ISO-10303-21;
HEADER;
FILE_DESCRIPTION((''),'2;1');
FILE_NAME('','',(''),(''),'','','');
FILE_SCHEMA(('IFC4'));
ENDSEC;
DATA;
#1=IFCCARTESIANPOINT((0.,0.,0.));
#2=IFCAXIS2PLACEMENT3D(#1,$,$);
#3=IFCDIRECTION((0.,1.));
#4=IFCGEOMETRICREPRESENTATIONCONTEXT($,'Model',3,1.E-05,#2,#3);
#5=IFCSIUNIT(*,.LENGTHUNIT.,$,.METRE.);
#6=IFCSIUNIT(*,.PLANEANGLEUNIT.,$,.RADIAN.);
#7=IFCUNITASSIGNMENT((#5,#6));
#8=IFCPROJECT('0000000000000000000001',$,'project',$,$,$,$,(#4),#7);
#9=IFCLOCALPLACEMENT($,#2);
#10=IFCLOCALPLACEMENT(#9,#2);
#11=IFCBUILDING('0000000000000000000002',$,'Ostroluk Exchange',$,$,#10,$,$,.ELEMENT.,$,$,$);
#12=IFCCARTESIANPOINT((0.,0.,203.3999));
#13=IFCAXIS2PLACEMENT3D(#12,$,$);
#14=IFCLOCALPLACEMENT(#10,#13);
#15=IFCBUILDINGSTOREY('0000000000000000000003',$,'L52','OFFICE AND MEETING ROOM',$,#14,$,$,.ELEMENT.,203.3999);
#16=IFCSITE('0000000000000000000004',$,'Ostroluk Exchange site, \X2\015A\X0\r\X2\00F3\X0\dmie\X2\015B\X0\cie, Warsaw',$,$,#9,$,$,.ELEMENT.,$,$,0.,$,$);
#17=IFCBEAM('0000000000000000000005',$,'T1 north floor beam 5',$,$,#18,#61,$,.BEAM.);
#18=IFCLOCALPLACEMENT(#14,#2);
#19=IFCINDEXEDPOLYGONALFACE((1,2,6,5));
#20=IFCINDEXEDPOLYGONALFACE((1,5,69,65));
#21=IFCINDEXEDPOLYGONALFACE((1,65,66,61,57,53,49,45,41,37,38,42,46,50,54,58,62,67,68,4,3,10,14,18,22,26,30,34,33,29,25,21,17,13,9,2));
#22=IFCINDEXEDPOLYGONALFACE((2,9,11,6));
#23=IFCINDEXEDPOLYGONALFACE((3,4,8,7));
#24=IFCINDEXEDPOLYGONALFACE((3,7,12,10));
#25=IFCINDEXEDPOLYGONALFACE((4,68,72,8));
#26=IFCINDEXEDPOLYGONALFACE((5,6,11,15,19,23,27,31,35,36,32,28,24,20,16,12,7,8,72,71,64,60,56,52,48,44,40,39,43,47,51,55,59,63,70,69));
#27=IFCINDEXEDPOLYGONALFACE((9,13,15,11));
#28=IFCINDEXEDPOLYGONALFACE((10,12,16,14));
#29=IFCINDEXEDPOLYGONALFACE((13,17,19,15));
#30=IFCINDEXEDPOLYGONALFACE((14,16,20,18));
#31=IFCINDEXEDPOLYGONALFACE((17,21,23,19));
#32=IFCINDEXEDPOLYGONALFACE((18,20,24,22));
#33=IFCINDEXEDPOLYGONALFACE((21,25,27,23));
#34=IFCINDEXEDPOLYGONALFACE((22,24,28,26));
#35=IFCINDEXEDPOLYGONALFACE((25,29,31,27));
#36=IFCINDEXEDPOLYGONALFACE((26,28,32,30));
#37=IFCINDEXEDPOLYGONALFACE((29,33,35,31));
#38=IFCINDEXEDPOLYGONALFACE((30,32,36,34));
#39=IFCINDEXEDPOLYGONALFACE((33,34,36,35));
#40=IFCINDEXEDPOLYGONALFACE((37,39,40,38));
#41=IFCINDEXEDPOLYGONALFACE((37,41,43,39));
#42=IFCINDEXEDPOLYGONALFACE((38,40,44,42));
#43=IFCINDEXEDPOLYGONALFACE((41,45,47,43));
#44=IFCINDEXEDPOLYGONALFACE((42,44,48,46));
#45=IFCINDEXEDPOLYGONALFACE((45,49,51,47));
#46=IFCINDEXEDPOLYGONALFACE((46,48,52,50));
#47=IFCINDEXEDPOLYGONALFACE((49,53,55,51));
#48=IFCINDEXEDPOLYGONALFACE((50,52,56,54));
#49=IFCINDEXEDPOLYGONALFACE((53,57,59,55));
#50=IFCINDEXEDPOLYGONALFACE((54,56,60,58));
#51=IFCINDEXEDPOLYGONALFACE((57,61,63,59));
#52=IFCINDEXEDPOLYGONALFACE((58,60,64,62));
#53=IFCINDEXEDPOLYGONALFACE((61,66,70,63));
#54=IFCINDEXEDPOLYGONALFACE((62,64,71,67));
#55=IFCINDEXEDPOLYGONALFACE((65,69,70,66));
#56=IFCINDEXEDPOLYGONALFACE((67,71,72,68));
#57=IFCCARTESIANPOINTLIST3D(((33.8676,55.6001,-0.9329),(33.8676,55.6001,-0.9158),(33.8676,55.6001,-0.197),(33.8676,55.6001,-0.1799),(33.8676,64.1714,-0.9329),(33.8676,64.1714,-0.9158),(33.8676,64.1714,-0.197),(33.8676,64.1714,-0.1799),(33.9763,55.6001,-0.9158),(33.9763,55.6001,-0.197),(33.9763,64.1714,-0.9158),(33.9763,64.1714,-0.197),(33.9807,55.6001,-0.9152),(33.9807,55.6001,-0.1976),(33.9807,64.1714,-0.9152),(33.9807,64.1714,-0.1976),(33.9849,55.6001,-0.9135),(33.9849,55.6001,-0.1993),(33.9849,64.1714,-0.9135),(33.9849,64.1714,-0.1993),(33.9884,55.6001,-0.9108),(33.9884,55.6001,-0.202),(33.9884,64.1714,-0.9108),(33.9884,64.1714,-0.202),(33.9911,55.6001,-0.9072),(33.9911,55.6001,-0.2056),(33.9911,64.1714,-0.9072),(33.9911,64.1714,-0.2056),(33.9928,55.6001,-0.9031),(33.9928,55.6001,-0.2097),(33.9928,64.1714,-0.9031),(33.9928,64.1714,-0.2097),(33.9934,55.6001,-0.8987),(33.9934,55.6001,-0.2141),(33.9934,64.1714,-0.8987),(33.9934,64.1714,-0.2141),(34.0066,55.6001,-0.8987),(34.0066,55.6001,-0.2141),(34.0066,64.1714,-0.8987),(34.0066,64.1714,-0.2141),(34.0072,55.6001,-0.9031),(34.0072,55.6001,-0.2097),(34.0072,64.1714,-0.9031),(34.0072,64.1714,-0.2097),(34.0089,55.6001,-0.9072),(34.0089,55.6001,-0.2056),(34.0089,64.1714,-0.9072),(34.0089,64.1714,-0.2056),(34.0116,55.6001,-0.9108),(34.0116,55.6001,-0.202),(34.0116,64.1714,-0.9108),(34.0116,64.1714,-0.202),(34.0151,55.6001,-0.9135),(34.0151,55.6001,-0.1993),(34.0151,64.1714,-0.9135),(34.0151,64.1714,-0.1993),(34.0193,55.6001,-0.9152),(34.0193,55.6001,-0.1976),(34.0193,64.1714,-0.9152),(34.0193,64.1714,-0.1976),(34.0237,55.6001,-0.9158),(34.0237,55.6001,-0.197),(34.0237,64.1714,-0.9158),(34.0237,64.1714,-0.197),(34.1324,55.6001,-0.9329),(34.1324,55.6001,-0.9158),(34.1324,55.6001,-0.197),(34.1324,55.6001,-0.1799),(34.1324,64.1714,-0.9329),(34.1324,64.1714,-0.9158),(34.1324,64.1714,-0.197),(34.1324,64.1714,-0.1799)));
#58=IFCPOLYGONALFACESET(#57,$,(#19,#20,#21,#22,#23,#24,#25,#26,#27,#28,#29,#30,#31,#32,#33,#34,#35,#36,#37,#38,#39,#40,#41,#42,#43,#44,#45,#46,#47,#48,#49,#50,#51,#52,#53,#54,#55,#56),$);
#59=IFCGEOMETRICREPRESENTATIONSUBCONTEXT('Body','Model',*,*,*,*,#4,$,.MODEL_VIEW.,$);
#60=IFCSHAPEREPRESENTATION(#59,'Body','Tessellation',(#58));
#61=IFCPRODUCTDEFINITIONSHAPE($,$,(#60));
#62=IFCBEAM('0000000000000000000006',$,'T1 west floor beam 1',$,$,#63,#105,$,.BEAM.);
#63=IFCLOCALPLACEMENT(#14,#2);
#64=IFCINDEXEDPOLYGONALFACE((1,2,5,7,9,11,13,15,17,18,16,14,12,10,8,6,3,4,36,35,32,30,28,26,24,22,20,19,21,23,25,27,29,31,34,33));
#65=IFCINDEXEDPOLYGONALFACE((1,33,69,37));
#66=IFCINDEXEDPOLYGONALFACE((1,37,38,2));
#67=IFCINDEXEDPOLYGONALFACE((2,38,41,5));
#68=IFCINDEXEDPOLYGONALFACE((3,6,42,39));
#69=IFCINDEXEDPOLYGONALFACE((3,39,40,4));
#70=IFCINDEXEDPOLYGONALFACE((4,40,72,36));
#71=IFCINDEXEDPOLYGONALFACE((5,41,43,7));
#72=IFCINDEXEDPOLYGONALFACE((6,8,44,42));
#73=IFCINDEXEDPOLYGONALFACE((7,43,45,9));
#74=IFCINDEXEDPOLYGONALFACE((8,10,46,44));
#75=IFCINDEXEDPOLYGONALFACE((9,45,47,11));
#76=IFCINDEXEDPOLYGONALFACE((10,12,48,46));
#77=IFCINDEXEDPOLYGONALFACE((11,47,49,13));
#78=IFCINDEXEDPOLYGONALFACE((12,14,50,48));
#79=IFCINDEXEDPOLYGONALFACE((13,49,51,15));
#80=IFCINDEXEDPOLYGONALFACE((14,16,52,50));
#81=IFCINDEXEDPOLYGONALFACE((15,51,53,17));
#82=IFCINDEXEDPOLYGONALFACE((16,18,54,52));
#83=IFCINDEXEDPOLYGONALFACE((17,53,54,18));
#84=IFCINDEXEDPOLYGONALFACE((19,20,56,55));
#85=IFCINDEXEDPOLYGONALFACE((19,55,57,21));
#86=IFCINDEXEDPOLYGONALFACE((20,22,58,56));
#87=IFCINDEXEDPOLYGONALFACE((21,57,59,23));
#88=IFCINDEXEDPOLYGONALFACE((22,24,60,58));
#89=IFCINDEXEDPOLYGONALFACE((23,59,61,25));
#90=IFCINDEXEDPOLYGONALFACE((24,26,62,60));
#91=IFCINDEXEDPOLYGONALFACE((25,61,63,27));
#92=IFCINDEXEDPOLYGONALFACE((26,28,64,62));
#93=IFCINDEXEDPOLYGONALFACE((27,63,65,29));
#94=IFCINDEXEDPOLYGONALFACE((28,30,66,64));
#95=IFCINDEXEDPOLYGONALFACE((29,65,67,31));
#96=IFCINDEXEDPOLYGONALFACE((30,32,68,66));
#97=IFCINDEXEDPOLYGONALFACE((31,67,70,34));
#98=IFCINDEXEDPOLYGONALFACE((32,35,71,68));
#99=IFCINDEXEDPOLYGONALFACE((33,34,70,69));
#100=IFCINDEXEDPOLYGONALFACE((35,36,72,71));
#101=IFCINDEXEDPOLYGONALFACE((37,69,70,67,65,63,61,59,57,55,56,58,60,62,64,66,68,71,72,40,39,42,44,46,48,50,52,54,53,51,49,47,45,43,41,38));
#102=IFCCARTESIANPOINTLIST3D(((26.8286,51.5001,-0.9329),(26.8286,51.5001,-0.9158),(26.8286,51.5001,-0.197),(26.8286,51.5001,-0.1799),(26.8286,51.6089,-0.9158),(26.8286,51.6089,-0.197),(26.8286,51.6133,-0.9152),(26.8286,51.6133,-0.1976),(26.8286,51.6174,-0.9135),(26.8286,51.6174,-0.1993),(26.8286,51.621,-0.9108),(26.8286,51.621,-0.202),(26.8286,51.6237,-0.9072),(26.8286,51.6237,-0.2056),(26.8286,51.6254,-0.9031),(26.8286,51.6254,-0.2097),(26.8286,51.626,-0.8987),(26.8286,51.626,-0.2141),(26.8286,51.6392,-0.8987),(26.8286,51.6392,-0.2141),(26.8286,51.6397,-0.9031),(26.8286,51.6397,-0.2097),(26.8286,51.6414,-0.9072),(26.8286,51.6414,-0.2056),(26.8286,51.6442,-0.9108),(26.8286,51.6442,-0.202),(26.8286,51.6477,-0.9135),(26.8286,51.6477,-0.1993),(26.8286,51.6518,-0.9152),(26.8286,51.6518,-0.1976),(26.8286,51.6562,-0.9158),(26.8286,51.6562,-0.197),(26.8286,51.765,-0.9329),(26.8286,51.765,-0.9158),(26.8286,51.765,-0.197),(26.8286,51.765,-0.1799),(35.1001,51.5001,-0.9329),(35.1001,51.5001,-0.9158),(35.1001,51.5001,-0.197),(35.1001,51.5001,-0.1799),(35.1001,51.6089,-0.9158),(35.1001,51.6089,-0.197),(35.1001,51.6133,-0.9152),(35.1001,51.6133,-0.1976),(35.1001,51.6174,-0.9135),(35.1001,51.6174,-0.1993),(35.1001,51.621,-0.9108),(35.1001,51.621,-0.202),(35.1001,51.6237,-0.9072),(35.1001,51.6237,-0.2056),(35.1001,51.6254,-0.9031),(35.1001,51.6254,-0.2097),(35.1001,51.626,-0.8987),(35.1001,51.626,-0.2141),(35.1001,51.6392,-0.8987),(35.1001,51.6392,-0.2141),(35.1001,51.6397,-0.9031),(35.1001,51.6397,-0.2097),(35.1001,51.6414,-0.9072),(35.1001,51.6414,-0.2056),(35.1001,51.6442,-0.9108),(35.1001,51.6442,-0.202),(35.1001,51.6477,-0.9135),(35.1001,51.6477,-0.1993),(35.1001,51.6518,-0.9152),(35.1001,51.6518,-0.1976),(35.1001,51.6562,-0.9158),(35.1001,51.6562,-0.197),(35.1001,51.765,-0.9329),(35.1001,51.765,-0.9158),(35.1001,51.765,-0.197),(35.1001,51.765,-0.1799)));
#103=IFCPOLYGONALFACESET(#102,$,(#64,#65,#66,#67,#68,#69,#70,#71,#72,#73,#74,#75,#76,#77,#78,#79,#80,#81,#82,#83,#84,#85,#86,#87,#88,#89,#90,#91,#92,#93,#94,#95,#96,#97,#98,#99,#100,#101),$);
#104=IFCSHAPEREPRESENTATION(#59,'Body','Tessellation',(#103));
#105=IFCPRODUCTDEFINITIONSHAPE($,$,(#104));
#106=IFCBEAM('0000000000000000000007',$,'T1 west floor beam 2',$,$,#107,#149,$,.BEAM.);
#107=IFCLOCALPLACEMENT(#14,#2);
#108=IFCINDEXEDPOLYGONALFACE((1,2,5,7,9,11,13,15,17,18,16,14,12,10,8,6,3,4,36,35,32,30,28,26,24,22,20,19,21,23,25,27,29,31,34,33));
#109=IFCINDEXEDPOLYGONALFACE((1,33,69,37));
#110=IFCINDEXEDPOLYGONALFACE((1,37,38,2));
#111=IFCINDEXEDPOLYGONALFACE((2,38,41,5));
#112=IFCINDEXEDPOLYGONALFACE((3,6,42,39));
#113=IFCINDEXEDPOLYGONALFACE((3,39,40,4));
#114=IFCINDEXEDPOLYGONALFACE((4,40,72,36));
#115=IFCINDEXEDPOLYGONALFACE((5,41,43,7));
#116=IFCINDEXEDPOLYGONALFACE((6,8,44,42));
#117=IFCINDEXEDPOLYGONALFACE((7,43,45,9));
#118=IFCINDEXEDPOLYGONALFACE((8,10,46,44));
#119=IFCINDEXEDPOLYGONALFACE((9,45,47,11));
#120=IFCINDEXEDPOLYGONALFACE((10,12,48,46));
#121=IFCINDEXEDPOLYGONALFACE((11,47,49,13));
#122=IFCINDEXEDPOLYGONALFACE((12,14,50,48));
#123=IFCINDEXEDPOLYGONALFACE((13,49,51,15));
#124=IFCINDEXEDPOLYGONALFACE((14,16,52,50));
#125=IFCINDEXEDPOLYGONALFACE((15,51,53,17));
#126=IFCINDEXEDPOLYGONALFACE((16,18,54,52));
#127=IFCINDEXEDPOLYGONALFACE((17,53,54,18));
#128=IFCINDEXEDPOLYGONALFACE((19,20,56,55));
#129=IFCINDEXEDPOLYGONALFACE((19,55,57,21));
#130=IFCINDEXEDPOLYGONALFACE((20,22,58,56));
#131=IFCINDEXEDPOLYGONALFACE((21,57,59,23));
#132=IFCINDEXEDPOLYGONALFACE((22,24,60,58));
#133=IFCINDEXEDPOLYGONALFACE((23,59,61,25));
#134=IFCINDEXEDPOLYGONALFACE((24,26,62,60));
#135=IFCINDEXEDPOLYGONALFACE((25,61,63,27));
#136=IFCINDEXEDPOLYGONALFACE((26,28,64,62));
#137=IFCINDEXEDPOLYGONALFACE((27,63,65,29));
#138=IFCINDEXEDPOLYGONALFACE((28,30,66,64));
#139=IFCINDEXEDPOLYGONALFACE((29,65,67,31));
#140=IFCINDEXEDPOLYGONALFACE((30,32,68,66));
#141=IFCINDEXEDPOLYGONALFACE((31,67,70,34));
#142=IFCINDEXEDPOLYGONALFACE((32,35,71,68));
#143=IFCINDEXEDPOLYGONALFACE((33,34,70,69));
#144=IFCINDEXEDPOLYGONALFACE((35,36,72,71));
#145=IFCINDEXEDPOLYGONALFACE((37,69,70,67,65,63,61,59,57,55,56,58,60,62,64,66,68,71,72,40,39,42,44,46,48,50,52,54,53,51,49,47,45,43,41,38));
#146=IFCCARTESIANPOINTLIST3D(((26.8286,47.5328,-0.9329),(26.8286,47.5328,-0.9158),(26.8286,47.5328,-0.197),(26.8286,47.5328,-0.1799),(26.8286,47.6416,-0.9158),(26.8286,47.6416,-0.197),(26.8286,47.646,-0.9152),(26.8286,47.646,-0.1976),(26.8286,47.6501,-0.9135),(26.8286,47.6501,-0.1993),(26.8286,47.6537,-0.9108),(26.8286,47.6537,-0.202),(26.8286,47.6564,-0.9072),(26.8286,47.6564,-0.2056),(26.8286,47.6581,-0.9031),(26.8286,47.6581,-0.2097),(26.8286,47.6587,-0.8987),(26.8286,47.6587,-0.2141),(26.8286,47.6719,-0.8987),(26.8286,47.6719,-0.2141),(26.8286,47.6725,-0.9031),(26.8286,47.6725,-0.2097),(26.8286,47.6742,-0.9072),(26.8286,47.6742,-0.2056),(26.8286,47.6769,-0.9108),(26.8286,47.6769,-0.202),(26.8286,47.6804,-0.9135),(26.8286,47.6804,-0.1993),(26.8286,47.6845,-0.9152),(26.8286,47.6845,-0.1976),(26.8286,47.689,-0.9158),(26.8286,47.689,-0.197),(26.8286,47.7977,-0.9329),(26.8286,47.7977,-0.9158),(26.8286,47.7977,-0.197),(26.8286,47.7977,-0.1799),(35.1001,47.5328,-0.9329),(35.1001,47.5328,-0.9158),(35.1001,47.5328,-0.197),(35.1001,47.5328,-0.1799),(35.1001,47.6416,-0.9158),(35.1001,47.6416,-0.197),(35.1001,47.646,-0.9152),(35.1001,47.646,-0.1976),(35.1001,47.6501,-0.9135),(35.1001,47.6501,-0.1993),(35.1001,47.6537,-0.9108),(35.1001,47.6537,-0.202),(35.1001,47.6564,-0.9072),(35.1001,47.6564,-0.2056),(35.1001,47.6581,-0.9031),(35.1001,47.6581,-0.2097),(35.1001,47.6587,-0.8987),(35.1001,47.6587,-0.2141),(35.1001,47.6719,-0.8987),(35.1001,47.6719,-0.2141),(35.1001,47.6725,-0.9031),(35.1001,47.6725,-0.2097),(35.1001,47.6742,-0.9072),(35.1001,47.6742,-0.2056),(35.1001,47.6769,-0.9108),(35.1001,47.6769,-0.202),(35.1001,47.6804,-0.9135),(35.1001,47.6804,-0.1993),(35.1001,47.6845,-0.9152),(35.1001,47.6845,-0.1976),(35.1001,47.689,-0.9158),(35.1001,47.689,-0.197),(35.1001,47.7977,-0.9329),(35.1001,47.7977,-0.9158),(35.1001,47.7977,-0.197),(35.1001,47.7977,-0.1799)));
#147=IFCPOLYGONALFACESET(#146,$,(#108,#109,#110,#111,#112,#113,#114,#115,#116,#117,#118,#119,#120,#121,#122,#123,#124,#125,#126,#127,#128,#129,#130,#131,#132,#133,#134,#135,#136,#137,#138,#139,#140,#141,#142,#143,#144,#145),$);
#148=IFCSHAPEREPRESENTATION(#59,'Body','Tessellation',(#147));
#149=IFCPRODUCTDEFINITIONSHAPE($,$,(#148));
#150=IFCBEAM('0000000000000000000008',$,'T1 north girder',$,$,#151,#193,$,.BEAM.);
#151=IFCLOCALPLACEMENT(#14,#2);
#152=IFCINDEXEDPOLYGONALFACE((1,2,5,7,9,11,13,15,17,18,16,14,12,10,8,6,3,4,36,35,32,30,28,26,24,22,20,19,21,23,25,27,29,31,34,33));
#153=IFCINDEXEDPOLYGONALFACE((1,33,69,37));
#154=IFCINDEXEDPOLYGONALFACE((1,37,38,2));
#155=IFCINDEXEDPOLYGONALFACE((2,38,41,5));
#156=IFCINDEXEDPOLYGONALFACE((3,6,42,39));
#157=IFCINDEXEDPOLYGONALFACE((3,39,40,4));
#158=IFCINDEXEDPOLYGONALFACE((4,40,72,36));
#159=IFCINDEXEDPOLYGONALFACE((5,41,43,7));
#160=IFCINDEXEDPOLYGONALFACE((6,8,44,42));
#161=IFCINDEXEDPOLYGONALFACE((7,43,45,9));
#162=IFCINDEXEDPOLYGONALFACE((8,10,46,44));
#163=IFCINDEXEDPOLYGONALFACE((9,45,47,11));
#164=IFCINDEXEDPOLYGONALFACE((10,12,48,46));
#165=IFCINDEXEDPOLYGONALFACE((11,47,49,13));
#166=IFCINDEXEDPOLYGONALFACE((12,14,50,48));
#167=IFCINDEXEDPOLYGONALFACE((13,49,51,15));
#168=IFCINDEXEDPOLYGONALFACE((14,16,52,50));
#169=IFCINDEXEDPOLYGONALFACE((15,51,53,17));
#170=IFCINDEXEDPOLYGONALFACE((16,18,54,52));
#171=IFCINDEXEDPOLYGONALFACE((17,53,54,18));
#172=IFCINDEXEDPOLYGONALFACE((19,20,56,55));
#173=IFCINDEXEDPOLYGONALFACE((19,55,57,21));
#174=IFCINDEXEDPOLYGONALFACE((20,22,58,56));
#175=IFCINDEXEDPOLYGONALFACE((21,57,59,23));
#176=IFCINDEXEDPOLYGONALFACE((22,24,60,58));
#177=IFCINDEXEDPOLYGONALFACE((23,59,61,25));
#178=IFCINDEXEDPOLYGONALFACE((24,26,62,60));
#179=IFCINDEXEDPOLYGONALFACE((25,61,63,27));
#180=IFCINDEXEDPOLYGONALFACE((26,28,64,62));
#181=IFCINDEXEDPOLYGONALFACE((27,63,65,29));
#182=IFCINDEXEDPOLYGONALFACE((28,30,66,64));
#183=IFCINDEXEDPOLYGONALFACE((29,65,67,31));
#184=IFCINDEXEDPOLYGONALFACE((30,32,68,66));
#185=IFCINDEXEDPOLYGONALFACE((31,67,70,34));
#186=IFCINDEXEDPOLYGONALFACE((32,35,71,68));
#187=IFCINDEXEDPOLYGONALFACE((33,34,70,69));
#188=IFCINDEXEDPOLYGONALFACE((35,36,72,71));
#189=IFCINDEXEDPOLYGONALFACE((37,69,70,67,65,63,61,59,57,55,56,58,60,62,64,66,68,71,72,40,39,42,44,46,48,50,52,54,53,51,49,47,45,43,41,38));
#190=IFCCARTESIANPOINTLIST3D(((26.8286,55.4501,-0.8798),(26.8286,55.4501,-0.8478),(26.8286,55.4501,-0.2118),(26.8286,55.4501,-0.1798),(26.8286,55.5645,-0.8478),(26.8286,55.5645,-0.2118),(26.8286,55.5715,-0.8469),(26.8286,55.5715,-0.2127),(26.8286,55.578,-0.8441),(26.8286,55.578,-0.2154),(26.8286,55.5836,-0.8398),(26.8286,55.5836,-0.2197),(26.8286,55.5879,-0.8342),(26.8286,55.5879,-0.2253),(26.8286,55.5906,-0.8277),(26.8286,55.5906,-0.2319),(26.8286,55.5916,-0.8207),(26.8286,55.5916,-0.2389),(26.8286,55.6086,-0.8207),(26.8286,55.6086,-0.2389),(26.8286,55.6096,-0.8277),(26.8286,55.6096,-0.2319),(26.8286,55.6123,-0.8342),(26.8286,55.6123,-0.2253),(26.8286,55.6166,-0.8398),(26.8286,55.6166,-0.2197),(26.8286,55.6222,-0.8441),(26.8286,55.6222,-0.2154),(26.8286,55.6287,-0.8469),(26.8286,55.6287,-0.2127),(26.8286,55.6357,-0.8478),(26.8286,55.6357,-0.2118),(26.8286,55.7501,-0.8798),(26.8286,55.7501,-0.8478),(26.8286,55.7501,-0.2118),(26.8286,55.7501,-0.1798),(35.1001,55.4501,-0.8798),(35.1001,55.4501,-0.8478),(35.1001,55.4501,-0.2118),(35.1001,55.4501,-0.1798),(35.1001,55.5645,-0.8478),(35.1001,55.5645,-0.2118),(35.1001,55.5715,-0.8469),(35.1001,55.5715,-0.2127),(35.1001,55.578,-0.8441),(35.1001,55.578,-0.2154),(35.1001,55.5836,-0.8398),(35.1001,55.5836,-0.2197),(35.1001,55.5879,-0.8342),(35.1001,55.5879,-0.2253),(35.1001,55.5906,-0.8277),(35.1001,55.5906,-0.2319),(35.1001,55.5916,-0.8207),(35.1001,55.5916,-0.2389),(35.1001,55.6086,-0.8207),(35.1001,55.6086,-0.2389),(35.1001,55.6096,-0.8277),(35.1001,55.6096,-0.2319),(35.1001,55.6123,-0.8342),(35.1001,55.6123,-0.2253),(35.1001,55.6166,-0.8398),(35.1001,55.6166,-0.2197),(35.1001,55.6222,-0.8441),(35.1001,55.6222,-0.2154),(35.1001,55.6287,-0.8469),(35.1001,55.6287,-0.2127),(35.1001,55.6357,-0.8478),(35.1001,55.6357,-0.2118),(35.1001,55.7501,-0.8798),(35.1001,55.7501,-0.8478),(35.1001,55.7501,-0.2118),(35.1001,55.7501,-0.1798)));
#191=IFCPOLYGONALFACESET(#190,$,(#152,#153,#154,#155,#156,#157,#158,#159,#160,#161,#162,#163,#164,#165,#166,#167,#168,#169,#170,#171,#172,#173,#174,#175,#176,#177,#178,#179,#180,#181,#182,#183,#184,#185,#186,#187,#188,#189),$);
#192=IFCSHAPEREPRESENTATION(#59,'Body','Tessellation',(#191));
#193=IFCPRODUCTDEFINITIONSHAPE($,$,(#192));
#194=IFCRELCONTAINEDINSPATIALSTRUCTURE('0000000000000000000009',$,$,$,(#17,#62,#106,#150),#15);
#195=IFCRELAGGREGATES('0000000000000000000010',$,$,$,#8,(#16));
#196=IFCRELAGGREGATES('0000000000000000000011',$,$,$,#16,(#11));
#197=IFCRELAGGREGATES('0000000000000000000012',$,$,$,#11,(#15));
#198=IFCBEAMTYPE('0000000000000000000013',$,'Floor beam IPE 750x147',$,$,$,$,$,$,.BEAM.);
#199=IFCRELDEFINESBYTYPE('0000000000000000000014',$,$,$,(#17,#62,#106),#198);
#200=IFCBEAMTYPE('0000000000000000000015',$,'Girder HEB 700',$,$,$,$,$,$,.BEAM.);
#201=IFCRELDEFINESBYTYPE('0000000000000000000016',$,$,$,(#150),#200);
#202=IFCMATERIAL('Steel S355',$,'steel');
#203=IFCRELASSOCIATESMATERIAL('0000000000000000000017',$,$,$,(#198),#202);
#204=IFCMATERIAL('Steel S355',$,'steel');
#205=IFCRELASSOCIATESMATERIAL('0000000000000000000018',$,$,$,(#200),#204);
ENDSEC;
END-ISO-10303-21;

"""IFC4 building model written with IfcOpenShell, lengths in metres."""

from ifc_helpers import new_model, si_unit, direction, frame, origin, origin_2d, place, context, subcontext, project, spatial, i_section, extrude, material, material_profile, profile_set, type_object, element, save


model = new_model("IFC4")

# Units and contexts
model_context = context("Model", 3, precision=1e-05, world=origin(), true_north=direction((0.0, 1.0)))
body_context = subcontext(model_context, "Body", "Model", "MODEL_VIEW")
ifc_project = project(units=[si_unit("LENGTHUNIT", "METRE"), si_unit("PLANEANGLEUNIT", "RADIAN")], contexts=[model_context])

# Site, building, storey
site_placement = place(None, origin())
site = spatial("IfcSite", under=ifc_project, at=site_placement, Name="Ostroluk Exchange site, Śródmieście, Warsaw", CompositionType="ELEMENT", RefElevation=0.0)
building_placement = place(site_placement, origin())
building = spatial("IfcBuilding", under=site, at=building_placement, Name="Ostroluk Exchange", CompositionType="ELEMENT")
storey_placement = place(building_placement, frame((0.0, 0.0, 203.3999)))
storey = spatial("IfcBuildingStorey", under=building, at=storey_placement, Name="L52", Description="OFFICE AND MEETING ROOM", CompositionType="ELEMENT", Elevation=203.3999)

# Beams
ifc_material_1 = material(Name="Steel S355", Category="steel")
ifc_material_profile_1 = material_profile(ifc_material_1, i_section(OverallWidth=0.2649, OverallDepth=0.7529, WebThickness=0.0132, FlangeThickness=0.0171, FilletRadius=0.0171, at=origin_2d()), Name="IPE 750x147")
ifc_profile_set_1 = profile_set([ifc_material_profile_1], Name="Steel S355")
beam_type_1 = type_object("IfcBeamType", Name="Floor beam IPE 750x147", PredefinedType="BEAM", material=ifc_profile_set_1)
beam_1_placement = place(storey_placement, frame((34.0, 55.6001, -0.5564), z_axis=(0.0, 1.0, 0.0), x_axis=(-1.0, 0.0, 0.0)))
element("IfcBeam", 1, at=beam_1_placement, inside=storey, type_object=beam_type_1, Name="T1 north floor beam 5", PredefinedType="BEAM", context=body_context, shape_type="SweptSolid", body=[
    extrude(i_section(OverallWidth=0.2649, OverallDepth=0.7529, WebThickness=0.0132, FlangeThickness=0.0171, FilletRadius=0.0171, at=origin_2d()), origin(), (0.0, 0.0, 1.0), 8.5713),
])
for number, where, z_axis, x_axis, name in (
    (2, (35.1001, 51.6326, -0.5564), (-1.0, 0.0, 0.0), (0.0, -1.0, 0.0), "T1 west floor beam 1"),
    (3, (35.1001, 47.6653, -0.5564), (-1.0, 0.0, 0.0), (0.0, -1.0, 0.0), "T1 west floor beam 2"),
):
    element("IfcBeam", number, at=place(storey_placement, frame(where, z_axis=z_axis, x_axis=x_axis)), inside=storey, type_object=beam_type_1, Name=name, PredefinedType="BEAM", context=body_context, shape_type="SweptSolid", body=[
        extrude(i_section(OverallWidth=0.2649, OverallDepth=0.7529, WebThickness=0.0132, FlangeThickness=0.0171, FilletRadius=0.0171, at=origin_2d()), origin(), (0.0, 0.0, 1.0), 8.2715),
    ])
ifc_material_2 = material(Name="Steel S355", Category="steel")
ifc_material_profile_2 = material_profile(ifc_material_2, i_section(OverallWidth=0.3, OverallDepth=0.7, WebThickness=0.0171, FlangeThickness=0.032, FilletRadius=0.0271, at=origin_2d()), Name="HEB 700")
ifc_profile_set_2 = profile_set([ifc_material_profile_2], Name="Steel S355")
beam_type_2 = type_object("IfcBeamType", Name="Girder HEB 700", PredefinedType="BEAM", material=ifc_profile_set_2)
beam_2_placement = place(storey_placement, frame((35.1001, 55.6001, -0.5298), z_axis=(-1.0, 0.0, 0.0), x_axis=(0.0, -1.0, 0.0)))
element("IfcBeam", 4, at=beam_2_placement, inside=storey, type_object=beam_type_2, Name="T1 north girder", PredefinedType="BEAM", context=body_context, shape_type="SweptSolid", body=[
    extrude(i_section(OverallWidth=0.3, OverallDepth=0.7, WebThickness=0.0171, FlangeThickness=0.032, FilletRadius=0.0271, at=origin_2d()), origin(), (0.0, 0.0, 1.0), 8.2715),
])

save(model, "model.ifc")
